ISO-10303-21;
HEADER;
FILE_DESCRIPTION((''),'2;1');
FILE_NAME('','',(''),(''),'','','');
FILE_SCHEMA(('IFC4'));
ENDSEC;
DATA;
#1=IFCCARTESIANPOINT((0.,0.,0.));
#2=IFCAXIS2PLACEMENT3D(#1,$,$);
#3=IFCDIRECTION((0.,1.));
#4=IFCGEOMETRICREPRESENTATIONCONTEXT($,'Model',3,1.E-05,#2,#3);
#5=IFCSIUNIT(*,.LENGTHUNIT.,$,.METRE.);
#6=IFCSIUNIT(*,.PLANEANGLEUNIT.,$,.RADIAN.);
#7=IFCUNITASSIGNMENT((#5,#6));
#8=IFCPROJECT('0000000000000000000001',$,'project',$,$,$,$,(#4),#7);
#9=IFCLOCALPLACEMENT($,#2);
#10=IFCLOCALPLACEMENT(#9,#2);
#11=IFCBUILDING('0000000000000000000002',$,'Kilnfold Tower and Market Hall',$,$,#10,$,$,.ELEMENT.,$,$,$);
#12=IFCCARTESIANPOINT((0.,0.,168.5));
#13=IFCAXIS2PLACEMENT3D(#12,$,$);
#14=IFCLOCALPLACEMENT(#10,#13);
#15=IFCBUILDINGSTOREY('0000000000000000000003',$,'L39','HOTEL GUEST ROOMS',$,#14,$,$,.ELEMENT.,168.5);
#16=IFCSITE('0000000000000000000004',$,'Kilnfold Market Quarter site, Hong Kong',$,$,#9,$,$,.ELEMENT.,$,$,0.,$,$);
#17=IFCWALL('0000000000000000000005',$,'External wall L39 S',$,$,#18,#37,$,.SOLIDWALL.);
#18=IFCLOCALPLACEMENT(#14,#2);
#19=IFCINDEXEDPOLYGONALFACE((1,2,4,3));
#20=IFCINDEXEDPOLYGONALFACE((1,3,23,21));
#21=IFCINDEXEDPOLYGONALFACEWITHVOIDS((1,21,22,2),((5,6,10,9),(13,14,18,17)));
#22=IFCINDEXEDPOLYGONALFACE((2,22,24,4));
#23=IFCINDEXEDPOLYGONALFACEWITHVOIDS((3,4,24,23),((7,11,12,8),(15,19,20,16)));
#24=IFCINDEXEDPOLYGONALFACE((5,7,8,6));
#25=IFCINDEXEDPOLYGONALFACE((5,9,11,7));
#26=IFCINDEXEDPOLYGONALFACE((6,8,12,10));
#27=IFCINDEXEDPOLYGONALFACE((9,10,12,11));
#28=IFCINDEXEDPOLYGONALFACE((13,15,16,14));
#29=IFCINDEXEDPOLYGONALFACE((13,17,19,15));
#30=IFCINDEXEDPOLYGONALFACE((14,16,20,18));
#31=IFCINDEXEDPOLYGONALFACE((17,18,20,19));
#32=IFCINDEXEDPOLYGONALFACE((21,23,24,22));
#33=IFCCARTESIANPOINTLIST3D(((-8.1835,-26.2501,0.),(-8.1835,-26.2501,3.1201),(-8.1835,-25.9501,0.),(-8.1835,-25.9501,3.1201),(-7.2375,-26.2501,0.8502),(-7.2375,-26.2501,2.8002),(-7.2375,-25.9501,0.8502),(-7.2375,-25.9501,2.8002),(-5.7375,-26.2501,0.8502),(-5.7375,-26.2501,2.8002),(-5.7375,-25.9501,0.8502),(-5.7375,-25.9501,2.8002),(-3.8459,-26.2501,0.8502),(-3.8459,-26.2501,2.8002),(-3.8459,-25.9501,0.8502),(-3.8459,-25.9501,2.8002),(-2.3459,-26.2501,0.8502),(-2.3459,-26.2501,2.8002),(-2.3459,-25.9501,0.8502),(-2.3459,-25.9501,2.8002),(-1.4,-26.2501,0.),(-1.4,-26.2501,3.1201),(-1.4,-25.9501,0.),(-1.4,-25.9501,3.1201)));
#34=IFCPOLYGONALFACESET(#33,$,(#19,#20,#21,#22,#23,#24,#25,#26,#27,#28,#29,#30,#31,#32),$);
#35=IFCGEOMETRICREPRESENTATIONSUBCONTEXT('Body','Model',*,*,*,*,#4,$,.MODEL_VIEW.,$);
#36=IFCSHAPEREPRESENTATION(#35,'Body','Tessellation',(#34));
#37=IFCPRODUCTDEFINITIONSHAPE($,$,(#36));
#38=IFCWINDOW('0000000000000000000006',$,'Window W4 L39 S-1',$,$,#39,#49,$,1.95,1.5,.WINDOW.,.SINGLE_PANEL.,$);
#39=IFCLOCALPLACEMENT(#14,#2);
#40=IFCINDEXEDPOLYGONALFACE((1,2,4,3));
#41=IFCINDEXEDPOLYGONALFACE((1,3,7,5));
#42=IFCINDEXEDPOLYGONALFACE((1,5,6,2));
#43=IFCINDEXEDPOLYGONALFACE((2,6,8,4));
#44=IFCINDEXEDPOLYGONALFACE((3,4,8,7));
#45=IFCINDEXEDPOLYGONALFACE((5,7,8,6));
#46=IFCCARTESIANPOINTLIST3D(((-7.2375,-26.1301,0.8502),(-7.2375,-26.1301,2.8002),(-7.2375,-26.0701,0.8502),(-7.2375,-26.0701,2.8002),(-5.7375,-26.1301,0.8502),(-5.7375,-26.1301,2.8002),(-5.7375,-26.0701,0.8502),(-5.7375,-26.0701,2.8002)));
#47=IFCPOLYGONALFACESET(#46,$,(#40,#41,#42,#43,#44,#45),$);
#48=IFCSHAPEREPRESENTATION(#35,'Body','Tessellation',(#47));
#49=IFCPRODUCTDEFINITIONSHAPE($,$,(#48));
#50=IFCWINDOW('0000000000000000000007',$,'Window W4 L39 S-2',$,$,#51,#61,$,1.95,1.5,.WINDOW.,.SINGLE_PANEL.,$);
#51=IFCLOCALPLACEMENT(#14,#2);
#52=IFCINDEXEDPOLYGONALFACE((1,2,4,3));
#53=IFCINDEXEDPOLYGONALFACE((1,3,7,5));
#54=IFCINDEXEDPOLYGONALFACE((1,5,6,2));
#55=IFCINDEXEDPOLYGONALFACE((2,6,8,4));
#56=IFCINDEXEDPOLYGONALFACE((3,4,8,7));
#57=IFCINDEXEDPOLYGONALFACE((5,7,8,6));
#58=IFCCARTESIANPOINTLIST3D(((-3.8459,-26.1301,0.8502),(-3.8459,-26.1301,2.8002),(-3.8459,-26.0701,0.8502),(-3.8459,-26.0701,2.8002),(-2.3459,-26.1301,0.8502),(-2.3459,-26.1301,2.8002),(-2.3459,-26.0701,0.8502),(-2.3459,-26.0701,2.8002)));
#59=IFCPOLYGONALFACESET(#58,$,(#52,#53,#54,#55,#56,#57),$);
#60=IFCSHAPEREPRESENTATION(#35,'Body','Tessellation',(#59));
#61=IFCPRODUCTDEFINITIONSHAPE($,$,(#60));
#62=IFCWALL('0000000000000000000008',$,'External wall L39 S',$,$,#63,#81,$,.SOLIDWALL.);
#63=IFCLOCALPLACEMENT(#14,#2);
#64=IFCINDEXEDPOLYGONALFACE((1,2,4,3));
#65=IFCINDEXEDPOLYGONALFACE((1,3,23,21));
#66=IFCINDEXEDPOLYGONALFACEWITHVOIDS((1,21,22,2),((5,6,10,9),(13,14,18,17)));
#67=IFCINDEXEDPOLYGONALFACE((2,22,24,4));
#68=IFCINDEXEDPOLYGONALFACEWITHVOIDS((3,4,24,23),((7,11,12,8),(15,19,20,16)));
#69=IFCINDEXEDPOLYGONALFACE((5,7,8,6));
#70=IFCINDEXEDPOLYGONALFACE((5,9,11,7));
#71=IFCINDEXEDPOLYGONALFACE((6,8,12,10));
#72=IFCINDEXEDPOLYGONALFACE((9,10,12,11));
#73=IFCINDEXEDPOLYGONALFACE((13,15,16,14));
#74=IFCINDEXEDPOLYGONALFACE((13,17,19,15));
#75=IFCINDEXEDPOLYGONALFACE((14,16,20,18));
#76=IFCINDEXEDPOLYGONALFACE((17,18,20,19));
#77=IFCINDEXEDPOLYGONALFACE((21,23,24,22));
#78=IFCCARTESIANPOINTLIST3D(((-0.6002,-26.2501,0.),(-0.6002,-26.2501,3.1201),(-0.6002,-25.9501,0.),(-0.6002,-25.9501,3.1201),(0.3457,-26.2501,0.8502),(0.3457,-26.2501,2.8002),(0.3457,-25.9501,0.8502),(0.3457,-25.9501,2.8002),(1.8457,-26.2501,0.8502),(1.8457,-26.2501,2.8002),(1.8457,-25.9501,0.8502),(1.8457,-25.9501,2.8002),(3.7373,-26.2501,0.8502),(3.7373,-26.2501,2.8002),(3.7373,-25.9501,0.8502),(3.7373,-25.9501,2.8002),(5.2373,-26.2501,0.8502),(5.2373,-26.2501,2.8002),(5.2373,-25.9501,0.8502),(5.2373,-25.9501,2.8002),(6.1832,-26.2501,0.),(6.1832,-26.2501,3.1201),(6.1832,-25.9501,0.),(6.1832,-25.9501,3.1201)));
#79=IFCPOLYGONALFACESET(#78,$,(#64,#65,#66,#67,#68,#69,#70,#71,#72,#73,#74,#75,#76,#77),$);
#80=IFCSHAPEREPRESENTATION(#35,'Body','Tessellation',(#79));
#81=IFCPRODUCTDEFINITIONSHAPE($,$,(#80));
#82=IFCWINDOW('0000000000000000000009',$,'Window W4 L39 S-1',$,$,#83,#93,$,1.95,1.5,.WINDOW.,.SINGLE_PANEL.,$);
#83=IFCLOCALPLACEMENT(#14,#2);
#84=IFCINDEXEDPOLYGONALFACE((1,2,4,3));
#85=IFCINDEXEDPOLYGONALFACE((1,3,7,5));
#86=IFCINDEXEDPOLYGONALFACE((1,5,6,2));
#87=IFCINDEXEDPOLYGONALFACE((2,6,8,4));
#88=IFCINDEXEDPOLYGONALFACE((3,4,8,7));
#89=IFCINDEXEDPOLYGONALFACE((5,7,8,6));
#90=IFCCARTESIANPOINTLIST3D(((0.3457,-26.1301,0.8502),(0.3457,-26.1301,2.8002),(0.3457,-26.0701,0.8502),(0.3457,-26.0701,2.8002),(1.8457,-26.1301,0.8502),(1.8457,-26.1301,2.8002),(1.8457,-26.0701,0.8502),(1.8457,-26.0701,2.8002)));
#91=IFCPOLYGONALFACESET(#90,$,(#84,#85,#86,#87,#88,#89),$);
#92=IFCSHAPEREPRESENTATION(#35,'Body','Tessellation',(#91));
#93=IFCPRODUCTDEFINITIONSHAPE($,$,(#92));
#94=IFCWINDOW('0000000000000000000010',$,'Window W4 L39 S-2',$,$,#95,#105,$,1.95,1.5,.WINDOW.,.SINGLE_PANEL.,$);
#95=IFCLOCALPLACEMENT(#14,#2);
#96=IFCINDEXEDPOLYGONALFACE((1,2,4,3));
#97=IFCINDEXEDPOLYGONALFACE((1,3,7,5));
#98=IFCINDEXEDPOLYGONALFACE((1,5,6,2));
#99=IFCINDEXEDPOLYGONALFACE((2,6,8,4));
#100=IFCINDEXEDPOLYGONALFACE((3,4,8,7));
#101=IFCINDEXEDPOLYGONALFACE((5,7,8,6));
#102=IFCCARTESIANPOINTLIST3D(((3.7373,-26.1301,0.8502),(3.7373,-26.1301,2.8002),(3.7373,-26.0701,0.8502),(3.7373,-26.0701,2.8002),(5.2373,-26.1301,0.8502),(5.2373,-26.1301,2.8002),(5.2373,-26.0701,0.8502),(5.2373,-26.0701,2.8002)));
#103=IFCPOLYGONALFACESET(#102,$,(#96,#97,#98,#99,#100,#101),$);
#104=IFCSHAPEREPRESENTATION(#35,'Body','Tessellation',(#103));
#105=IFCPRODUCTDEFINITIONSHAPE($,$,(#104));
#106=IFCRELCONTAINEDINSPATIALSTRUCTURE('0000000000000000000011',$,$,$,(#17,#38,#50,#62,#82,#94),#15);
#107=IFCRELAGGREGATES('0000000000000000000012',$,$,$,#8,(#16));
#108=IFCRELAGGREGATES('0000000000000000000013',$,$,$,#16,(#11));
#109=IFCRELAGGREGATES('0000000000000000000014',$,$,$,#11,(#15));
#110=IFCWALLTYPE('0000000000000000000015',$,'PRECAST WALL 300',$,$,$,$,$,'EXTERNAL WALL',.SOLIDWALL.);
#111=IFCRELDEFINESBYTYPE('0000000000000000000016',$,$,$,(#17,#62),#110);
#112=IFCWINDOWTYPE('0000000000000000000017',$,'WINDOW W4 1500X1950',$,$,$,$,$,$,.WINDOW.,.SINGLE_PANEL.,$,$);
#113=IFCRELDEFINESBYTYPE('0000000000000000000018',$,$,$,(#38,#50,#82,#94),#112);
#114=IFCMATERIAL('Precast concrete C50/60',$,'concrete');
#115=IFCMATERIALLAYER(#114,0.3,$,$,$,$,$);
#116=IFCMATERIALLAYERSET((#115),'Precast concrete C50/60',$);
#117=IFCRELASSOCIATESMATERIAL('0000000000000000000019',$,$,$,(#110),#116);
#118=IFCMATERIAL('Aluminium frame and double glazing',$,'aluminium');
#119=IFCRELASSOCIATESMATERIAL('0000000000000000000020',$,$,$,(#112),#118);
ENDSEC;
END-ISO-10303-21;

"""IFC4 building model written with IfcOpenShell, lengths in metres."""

from ifc_helpers import new_model, si_unit, direction, frame, frame_2d, origin, place, context, subcontext, project, spatial, rectangle, extrude, source, transform, mapped, material, layer, layer_set, type_object, element, fill, save


model = new_model("IFC4")

# Units and contexts
model_context = context("Model", 3, precision=1e-05, world=origin(), true_north=direction((0.0, 1.0)))
body_context = subcontext(model_context, "Body", "Model", "MODEL_VIEW")
ifc_project = project(units=[si_unit("LENGTHUNIT", "METRE"), si_unit("PLANEANGLEUNIT", "RADIAN")], contexts=[model_context])

# Site, building, storey
site_placement = place(None, origin())
site = spatial("IfcSite", under=ifc_project, at=site_placement, Name="Kilnfold Market Quarter site, Hong Kong", CompositionType="ELEMENT", RefElevation=0.0)
building_placement = place(site_placement, origin())
building = spatial("IfcBuilding", under=site, at=building_placement, Name="Kilnfold Tower and Market Hall", CompositionType="ELEMENT")
storey_placement = place(building_placement, frame((0.0, 0.0, 168.5)))
storey = spatial("IfcBuildingStorey", under=building, at=storey_placement, Name="L39", Description="HOTEL GUEST ROOMS", CompositionType="ELEMENT", Elevation=168.5)

# Walls, openings, windows
ifc_material_1 = material(Name="Precast concrete C50/60", Category="concrete")
ifc_layer_1 = layer(ifc_material_1, 0.3)
ifc_layer_set_1 = layer_set([ifc_layer_1], Name="Precast concrete C50/60")
wall_type_1 = type_object("IfcWallType", Name="PRECAST WALL 300", ElementType="EXTERNAL WALL", PredefinedType="SOLIDWALL", material=ifc_layer_set_1)
shared_shape_1 = source(origin(), body_context, "Body", "SweptSolid", [
    extrude(rectangle(XDim=6.7834, YDim=0.3, at=frame_2d((3.3916, 0.0))), origin(), (0.0, 0.0, 1.0), 3.1201),
])
wall_1_placement = place(storey_placement, frame((-8.1833, -26.1001, 0.0), z_axis=(0.0, 0.0, 1.0), x_axis=(1.0, 0.0, 0.0)))
wall_1 = element("IfcWall", 1, at=wall_1_placement, inside=storey, type_object=wall_type_1, Name="External wall L39 S", PredefinedType="SOLIDWALL", context=body_context, shape_type="MappedRepresentation", body=[
    mapped(shared_shape_1, transform((0.0, 0.0, 0.0))),
])
opening_1_placement = place(wall_1_placement, frame((0.9458, 0.0, 0.8501)))
opening_1 = element("IfcOpeningElement", 2, at=opening_1_placement, cuts=wall_1, PredefinedType="OPENING", context=body_context, shape_type="SweptSolid", body=[
    extrude(rectangle(XDim=1.5, YDim=1.95, at=frame_2d((0.75, 0.9751))), frame((0.0, 0.1602, 0.0), z_axis=(0.0, -1.0, 0.0), x_axis=(1.0, 0.0, 0.0)), (0.0, 0.0, 1.0), 0.3201),
])
opening_2_placement = place(wall_1_placement, frame((4.3374, 0.0, 0.8501)))
opening_2 = element("IfcOpeningElement", 3, at=opening_2_placement, cuts=wall_1, PredefinedType="OPENING", context=body_context, shape_type="SweptSolid", body=[
    extrude(rectangle(XDim=1.5, YDim=1.95, at=frame_2d((0.75, 0.9751))), frame((0.0, 0.1602, 0.0), z_axis=(0.0, -1.0, 0.0), x_axis=(1.0, 0.0, 0.0)), (0.0, 0.0, 1.0), 0.3201),
])
ifc_material_2 = material(Name="Aluminium frame and double glazing", Category="aluminium")
window_type = type_object("IfcWindowType", Name="WINDOW W4 1500X1950", PartitioningType="SINGLE_PANEL", PredefinedType="WINDOW", material=ifc_material_2)
window_1_placement = place(opening_1_placement, origin())
window_1 = element("IfcWindow", 4, at=window_1_placement, inside=storey, type_object=window_type, Name="Window W4 L39 S-1", OverallHeight=1.95, OverallWidth=1.5, PartitioningType="SINGLE_PANEL", PredefinedType="WINDOW", context=body_context, shape_type="SweptSolid", body=[
    extrude(rectangle(XDim=1.5, YDim=1.95, at=frame_2d((0.75, 0.9751))), frame((0.0, 0.03, 0.0), z_axis=(0.0, -1.0, 0.0), x_axis=(1.0, 0.0, 0.0)), (0.0, 0.0, 1.0), 0.0601),
])
fill(opening_1, window_1)
window_2_placement = place(opening_2_placement, origin())
window_2 = element("IfcWindow", 5, at=window_2_placement, inside=storey, type_object=window_type, Name="Window W4 L39 S-2", OverallHeight=1.95, OverallWidth=1.5, PartitioningType="SINGLE_PANEL", PredefinedType="WINDOW", context=body_context, shape_type="SweptSolid", body=[
    extrude(rectangle(XDim=1.5, YDim=1.95, at=frame_2d((0.75, 0.9751))), frame((0.0, 0.03, 0.0), z_axis=(0.0, -1.0, 0.0), x_axis=(1.0, 0.0, 0.0)), (0.0, 0.0, 1.0), 0.0601),
])
fill(opening_2, window_2)
wall_2_placement = place(storey_placement, frame((-0.6001, -26.1001, 0.0), z_axis=(0.0, 0.0, 1.0), x_axis=(1.0, 0.0, 0.0)))
wall_2 = element("IfcWall", 6, at=wall_2_placement, inside=storey, type_object=wall_type_1, Name="External wall L39 S", PredefinedType="SOLIDWALL", context=body_context, shape_type="MappedRepresentation", body=[
    mapped(shared_shape_1, transform((0.0, 0.0, 0.0))),
])
opening_3_placement = place(wall_2_placement, frame((0.9458, 0.0, 0.8501)))
opening_3 = element("IfcOpeningElement", 7, at=opening_3_placement, cuts=wall_2, PredefinedType="OPENING", context=body_context, shape_type="SweptSolid", body=[
    extrude(rectangle(XDim=1.5, YDim=1.95, at=frame_2d((0.75, 0.9751))), frame((0.0, 0.1602, 0.0), z_axis=(0.0, -1.0, 0.0), x_axis=(1.0, 0.0, 0.0)), (0.0, 0.0, 1.0), 0.3201),
])
opening_4_placement = place(wall_2_placement, frame((4.3374, 0.0, 0.8501)))
opening_4 = element("IfcOpeningElement", 8, at=opening_4_placement, cuts=wall_2, PredefinedType="OPENING", context=body_context, shape_type="SweptSolid", body=[
    extrude(rectangle(XDim=1.5, YDim=1.95, at=frame_2d((0.75, 0.9751))), frame((0.0, 0.1602, 0.0), z_axis=(0.0, -1.0, 0.0), x_axis=(1.0, 0.0, 0.0)), (0.0, 0.0, 1.0), 0.3201),
])
window_3_placement = place(opening_3_placement, origin())
window_3 = element("IfcWindow", 9, at=window_3_placement, inside=storey, type_object=window_type, Name="Window W4 L39 S-1", OverallHeight=1.95, OverallWidth=1.5, PartitioningType="SINGLE_PANEL", PredefinedType="WINDOW", context=body_context, shape_type="SweptSolid", body=[
    extrude(rectangle(XDim=1.5, YDim=1.95, at=frame_2d((0.75, 0.9751))), frame((0.0, 0.03, 0.0), z_axis=(0.0, -1.0, 0.0), x_axis=(1.0, 0.0, 0.0)), (0.0, 0.0, 1.0), 0.0601),
])
fill(opening_3, window_3)
window_4_placement = place(opening_4_placement, origin())
window_4 = element("IfcWindow", 10, at=window_4_placement, inside=storey, type_object=window_type, Name="Window W4 L39 S-2", OverallHeight=1.95, OverallWidth=1.5, PartitioningType="SINGLE_PANEL", PredefinedType="WINDOW", context=body_context, shape_type="SweptSolid", body=[
    extrude(rectangle(XDim=1.5, YDim=1.95, at=frame_2d((0.75, 0.9751))), frame((0.0, 0.03, 0.0), z_axis=(0.0, -1.0, 0.0), x_axis=(1.0, 0.0, 0.0)), (0.0, 0.0, 1.0), 0.0601),
])
fill(opening_4, window_4)

save(model, "model.ifc")
